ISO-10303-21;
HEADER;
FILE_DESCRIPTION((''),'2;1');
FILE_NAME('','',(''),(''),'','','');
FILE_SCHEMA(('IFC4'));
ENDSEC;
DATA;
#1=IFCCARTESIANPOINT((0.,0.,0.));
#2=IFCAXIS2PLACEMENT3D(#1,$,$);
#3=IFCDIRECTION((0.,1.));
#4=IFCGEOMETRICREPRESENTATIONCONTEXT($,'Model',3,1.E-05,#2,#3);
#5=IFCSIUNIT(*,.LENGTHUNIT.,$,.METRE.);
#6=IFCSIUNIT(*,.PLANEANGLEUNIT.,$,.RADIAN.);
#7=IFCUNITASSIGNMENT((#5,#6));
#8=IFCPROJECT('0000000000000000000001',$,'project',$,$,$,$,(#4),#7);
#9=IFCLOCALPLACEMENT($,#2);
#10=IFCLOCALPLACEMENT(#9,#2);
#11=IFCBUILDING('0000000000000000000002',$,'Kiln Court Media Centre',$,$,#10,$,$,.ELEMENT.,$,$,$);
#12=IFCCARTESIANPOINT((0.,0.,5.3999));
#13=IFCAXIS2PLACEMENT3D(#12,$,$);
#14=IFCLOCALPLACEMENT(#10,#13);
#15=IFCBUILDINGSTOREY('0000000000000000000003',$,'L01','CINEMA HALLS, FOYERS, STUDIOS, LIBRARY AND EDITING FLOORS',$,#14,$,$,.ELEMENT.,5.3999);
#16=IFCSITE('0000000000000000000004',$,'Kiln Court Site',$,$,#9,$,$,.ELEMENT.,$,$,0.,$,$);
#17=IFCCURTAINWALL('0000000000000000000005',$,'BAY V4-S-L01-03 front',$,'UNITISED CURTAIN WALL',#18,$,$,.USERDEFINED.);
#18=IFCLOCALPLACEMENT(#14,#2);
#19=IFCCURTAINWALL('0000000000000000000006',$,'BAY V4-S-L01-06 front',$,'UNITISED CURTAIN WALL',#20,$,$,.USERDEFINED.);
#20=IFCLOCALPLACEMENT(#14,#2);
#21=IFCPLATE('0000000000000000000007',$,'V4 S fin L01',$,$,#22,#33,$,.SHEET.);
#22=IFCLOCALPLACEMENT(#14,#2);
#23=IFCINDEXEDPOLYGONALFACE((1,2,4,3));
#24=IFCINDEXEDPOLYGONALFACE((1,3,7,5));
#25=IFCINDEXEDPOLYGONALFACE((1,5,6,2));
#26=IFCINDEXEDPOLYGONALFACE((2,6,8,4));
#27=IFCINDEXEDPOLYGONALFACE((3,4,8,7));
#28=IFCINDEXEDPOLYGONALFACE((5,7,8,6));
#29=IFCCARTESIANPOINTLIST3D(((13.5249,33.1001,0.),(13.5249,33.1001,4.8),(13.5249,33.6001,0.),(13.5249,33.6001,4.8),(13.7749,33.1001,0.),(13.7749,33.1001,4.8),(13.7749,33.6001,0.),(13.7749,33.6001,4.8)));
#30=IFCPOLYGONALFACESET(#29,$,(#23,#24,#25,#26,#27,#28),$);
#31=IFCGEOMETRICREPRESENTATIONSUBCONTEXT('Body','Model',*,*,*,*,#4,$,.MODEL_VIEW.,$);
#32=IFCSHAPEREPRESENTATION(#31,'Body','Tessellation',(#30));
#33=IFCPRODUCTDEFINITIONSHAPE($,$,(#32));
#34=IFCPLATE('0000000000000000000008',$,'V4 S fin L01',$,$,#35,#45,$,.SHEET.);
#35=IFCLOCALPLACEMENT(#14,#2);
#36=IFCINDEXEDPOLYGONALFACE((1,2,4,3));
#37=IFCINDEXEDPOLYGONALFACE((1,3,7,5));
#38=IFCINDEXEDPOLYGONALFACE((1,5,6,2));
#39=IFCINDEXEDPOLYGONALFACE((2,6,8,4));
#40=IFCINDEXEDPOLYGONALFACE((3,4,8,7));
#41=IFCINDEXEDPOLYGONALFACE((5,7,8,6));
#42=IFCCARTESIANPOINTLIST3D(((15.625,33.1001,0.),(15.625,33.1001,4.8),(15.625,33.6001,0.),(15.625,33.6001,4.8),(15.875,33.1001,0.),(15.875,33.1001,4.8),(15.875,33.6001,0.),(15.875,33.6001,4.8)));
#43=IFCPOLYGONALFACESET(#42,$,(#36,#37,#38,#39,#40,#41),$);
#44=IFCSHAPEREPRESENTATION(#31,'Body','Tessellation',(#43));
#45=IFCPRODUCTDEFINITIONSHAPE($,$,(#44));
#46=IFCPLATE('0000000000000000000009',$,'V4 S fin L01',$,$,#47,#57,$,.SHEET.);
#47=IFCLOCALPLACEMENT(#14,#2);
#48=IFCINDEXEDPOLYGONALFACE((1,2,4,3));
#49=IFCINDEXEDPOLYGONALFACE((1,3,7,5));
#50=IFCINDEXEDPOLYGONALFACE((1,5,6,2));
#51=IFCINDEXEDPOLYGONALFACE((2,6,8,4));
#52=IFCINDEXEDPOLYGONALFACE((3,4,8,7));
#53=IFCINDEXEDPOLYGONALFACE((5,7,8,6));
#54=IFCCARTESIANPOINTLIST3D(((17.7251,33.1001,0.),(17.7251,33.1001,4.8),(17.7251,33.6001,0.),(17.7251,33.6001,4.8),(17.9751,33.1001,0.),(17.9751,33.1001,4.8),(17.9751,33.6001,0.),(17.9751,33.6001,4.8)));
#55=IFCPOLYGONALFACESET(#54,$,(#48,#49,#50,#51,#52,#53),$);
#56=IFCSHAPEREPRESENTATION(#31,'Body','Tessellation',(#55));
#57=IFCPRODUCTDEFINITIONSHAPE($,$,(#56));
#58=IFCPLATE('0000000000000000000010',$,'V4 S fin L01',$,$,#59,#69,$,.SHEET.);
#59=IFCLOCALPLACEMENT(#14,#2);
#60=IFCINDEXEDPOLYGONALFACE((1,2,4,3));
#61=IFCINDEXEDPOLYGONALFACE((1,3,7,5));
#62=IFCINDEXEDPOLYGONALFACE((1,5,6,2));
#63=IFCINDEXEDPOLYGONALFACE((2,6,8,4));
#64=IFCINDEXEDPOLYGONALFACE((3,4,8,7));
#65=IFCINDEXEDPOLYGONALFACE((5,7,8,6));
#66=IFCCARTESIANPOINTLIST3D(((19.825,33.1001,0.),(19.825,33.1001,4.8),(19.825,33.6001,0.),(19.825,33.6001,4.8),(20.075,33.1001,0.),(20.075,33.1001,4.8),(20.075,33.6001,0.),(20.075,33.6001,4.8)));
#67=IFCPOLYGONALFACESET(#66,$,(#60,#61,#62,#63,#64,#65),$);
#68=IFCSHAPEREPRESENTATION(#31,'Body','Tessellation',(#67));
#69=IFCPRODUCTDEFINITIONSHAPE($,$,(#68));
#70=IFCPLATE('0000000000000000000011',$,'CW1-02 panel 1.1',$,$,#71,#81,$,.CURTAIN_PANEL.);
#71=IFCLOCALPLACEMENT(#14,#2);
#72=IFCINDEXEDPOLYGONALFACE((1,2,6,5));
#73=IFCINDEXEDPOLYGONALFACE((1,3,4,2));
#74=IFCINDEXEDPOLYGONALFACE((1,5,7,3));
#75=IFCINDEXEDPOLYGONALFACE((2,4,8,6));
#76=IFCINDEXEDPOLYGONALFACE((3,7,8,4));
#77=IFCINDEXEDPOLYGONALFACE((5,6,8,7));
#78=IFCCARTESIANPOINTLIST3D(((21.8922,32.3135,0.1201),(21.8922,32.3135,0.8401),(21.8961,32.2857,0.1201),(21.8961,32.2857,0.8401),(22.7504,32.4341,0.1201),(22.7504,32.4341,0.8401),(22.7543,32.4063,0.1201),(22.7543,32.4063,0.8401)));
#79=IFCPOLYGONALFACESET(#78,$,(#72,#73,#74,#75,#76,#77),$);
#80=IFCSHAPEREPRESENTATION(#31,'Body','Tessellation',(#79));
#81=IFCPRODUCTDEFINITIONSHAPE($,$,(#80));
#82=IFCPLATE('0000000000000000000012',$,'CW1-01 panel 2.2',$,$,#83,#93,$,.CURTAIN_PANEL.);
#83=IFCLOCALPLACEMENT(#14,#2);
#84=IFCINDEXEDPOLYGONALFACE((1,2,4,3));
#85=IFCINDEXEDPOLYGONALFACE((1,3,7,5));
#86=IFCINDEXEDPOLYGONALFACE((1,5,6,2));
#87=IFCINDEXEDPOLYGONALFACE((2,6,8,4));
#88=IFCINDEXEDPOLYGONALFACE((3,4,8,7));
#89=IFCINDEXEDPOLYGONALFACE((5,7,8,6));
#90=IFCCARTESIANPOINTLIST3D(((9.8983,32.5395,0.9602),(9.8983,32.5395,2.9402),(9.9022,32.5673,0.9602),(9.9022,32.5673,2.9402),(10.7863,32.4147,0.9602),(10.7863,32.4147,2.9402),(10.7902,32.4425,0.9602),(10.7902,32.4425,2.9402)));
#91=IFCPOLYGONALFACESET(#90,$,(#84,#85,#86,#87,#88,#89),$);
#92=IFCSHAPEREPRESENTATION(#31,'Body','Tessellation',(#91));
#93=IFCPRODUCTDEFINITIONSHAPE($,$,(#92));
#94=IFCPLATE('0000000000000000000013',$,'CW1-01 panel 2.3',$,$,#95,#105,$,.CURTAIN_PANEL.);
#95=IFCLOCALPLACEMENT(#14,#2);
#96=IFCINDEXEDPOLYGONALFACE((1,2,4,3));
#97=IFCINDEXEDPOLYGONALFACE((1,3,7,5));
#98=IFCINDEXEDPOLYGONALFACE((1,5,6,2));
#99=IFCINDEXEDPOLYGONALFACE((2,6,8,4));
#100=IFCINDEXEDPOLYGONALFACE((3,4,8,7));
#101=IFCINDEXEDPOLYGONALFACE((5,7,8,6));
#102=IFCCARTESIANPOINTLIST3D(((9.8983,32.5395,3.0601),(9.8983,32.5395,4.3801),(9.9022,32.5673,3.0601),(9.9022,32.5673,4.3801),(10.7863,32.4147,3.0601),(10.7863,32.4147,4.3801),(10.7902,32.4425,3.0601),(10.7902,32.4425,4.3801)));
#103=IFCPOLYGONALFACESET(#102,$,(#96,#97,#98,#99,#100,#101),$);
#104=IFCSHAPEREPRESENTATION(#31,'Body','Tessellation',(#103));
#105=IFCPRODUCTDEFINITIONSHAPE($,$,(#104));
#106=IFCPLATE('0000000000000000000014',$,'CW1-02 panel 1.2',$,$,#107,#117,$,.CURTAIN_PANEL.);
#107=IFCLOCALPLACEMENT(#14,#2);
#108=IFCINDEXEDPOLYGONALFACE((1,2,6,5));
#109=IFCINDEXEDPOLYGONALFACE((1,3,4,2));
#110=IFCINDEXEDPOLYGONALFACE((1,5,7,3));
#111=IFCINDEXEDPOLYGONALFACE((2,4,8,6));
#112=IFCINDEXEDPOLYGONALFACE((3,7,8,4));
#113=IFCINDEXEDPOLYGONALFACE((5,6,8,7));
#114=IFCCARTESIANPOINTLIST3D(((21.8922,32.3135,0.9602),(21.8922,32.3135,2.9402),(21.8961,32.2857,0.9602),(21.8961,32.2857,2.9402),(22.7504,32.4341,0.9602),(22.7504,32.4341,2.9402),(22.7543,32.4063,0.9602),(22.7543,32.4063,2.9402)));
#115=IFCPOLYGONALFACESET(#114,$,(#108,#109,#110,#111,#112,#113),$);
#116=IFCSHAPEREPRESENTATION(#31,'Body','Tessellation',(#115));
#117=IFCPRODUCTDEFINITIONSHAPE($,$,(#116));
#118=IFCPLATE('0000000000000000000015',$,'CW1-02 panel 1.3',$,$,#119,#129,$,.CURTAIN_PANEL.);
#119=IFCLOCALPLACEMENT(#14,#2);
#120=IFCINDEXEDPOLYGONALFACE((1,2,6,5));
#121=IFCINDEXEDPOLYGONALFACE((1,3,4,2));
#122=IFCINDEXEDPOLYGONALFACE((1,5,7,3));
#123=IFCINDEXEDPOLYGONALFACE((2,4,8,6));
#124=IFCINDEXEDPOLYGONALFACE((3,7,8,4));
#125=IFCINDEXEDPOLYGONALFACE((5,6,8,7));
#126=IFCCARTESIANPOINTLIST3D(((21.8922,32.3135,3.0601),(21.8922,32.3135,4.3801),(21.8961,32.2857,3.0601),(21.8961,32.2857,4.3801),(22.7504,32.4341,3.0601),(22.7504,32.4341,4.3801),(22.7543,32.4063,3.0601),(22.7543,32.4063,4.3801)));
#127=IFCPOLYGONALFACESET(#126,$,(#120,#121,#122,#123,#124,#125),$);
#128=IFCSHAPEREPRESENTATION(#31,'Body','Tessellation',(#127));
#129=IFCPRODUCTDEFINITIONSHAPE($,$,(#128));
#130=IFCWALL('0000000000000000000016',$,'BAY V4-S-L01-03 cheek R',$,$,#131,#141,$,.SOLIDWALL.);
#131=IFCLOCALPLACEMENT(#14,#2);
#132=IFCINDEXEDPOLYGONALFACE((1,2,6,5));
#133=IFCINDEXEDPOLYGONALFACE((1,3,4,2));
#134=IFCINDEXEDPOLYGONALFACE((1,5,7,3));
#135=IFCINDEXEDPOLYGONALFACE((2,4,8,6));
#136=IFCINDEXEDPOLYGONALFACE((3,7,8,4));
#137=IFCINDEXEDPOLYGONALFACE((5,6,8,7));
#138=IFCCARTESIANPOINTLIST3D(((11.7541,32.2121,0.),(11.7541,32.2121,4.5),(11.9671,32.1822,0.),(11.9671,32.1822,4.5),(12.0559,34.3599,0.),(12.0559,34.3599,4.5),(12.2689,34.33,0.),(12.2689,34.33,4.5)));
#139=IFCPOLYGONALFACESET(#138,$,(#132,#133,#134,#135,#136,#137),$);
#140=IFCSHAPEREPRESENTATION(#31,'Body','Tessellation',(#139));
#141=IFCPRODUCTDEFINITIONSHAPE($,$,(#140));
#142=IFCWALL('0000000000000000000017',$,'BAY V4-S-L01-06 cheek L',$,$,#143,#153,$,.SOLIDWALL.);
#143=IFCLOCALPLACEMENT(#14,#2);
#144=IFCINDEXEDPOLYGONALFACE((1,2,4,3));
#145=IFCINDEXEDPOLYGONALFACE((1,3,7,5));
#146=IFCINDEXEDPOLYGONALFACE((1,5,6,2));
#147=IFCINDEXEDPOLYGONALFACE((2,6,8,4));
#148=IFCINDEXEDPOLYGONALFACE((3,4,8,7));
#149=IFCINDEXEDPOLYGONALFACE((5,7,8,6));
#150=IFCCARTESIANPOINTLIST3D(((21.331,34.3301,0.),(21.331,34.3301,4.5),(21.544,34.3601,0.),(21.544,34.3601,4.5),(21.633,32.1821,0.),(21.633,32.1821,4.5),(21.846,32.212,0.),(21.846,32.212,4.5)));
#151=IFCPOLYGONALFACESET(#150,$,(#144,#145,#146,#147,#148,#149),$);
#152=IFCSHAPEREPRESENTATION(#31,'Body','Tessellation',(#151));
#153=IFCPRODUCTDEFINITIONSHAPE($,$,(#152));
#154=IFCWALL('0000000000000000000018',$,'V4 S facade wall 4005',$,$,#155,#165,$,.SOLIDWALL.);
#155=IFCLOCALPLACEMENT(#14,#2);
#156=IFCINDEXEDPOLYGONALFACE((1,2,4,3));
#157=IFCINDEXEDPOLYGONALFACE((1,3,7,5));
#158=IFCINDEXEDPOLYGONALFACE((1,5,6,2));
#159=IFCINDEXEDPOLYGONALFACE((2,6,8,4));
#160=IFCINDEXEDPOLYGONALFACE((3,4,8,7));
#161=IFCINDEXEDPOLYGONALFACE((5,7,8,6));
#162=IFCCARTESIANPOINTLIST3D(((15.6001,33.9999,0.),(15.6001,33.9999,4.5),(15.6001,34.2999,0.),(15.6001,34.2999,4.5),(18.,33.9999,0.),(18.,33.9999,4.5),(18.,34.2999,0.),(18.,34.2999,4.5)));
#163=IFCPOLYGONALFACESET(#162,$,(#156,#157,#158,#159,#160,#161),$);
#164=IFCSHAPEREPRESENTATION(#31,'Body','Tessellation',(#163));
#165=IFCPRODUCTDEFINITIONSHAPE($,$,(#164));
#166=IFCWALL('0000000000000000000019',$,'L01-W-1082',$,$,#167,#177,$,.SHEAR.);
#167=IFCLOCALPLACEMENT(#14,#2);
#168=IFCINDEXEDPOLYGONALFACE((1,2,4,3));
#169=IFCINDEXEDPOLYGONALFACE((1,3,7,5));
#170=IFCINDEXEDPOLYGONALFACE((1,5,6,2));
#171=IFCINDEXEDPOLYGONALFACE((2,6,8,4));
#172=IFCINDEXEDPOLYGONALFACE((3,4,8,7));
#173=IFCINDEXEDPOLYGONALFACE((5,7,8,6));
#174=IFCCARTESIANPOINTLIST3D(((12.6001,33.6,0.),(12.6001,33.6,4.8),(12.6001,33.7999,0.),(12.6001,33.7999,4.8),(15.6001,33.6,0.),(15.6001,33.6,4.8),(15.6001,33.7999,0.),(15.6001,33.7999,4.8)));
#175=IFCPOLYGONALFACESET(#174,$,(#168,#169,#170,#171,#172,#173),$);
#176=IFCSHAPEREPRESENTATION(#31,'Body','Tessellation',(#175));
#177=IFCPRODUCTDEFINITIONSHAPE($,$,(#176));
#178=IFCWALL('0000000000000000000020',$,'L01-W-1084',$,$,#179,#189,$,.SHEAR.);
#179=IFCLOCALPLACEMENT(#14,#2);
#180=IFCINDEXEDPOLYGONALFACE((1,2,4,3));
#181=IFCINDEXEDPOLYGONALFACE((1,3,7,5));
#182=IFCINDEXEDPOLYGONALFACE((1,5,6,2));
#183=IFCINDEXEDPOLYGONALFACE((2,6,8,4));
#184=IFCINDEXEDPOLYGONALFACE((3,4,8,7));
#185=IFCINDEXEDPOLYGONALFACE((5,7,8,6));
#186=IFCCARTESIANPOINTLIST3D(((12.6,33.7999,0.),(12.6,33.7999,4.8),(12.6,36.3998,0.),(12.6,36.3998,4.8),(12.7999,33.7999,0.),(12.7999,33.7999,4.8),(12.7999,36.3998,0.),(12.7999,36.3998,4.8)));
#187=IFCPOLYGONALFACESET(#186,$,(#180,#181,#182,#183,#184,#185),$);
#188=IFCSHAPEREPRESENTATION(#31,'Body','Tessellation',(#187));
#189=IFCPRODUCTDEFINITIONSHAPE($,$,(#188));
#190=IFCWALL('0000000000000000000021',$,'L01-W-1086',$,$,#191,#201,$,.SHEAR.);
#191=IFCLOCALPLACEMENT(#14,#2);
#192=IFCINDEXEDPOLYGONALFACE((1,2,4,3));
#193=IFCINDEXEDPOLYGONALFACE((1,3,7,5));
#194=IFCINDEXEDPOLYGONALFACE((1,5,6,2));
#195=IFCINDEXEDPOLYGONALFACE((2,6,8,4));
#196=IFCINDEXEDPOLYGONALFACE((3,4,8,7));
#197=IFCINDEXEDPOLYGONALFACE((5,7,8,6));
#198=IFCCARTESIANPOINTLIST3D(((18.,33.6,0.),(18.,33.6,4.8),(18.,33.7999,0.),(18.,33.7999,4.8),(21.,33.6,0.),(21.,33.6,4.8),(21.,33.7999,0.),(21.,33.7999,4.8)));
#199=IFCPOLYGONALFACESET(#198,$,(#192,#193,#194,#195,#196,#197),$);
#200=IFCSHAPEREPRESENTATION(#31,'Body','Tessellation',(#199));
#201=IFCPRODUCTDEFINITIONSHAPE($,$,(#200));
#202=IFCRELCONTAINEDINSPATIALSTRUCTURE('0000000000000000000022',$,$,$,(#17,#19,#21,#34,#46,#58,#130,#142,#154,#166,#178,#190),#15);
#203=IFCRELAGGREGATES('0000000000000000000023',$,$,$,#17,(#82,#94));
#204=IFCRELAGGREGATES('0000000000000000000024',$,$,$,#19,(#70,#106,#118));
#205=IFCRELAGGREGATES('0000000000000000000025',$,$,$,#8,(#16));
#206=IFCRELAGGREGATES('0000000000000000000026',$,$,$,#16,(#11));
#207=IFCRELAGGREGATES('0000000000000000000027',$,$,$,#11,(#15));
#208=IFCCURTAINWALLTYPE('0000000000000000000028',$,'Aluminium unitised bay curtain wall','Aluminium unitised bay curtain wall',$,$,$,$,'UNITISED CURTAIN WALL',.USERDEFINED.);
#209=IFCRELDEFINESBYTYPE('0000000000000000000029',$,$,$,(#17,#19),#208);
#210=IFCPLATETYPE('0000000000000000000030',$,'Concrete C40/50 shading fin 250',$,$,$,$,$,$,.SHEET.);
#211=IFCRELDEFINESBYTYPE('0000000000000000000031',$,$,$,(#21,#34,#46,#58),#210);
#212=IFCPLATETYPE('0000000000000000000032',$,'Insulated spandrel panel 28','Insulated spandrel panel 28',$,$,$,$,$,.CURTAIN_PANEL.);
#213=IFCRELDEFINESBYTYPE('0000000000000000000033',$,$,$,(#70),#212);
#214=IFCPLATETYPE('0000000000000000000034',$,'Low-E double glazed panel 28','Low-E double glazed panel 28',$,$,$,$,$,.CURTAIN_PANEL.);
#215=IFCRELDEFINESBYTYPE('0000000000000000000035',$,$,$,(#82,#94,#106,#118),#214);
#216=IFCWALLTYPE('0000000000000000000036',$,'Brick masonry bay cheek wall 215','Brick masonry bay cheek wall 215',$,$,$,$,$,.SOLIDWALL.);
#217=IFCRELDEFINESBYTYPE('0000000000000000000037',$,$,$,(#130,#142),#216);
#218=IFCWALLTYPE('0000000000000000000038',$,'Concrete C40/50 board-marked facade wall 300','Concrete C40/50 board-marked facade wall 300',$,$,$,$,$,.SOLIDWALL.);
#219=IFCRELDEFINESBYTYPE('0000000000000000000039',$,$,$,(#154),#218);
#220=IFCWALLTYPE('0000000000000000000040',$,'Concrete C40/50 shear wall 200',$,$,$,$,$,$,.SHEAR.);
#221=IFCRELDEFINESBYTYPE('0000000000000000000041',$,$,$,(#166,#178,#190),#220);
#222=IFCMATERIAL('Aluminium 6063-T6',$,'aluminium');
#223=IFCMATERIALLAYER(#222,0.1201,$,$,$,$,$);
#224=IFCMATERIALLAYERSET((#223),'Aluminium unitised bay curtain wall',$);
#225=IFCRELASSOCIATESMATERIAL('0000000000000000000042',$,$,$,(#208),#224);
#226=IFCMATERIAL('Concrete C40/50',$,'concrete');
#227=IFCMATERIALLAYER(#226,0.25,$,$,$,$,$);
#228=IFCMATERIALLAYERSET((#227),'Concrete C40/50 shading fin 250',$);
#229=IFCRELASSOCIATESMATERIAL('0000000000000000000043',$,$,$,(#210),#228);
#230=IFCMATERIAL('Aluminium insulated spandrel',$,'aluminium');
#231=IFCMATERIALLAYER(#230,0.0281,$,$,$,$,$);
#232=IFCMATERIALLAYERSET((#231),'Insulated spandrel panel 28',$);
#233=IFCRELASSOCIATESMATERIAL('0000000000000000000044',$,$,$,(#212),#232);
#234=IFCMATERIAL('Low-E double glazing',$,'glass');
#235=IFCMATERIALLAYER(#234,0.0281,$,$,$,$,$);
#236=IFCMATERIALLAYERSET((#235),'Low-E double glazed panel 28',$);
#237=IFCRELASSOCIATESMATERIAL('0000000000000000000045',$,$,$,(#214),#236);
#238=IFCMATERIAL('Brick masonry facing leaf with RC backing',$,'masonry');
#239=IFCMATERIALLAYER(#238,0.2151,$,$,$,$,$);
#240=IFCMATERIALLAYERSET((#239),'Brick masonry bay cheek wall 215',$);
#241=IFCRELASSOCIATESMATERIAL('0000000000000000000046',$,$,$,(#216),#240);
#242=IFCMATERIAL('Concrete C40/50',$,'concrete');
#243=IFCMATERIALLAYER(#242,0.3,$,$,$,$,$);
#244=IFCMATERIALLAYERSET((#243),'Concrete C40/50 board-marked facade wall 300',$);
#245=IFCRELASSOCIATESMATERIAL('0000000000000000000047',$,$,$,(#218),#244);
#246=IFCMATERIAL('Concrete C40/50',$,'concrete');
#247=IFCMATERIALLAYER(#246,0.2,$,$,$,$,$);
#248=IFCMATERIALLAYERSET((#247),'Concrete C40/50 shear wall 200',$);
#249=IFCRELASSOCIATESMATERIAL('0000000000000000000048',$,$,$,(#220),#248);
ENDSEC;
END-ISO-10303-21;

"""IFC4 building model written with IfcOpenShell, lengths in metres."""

from ifc_helpers import new_model, si_unit, direction, frame, frame_2d, origin, origin_2d, place, context, subcontext, project, spatial, rectangle, extrude, material, layer, layer_set, type_object, element, aggregate, save


model = new_model("IFC4")

# Units and contexts
model_context = context("Model", 3, precision=1e-05, world=origin(), true_north=direction((0.0, 1.0)))
body_context = subcontext(model_context, "Body", "Model", "MODEL_VIEW")
ifc_project = project(units=[si_unit("LENGTHUNIT", "METRE"), si_unit("PLANEANGLEUNIT", "RADIAN")], contexts=[model_context])

# Site, building, storey
site_placement = place(None, origin())
site = spatial("IfcSite", under=ifc_project, at=site_placement, Name="Kiln Court Site", CompositionType="ELEMENT", RefElevation=0.0)
building_placement = place(site_placement, origin())
building = spatial("IfcBuilding", under=site, at=building_placement, Name="Kiln Court Media Centre", CompositionType="ELEMENT")
storey_placement = place(building_placement, frame((0.0, 0.0, 5.3999)))
storey = spatial("IfcBuildingStorey", under=building, at=storey_placement, Name="L01", Description="CINEMA HALLS, FOYERS, STUDIOS, LIBRARY AND EDITING FLOORS", CompositionType="ELEMENT", Elevation=5.3999)

# Curtain walls
ifc_material_1 = material(Name="Aluminium 6063-T6", Category="aluminium")
ifc_layer_1 = layer(ifc_material_1, 0.1201)
ifc_layer_set_1 = layer_set([ifc_layer_1], Name="Aluminium unitised bay curtain wall")
curtain_wall_type = type_object("IfcCurtainWallType", Name="Aluminium unitised bay curtain wall", Description="Aluminium unitised bay curtain wall", ElementType="UNITISED CURTAIN WALL", PredefinedType="USERDEFINED", material=ifc_layer_set_1)
curtain_wall_1_placement = place(storey_placement, origin())
curtain_wall_1 = element("IfcCurtainWall", 1, at=curtain_wall_1_placement, inside=storey, type_object=curtain_wall_type, Name="BAY V4-S-L01-03 front", ObjectType="UNITISED CURTAIN WALL", PredefinedType="USERDEFINED")
curtain_wall_2_placement = place(storey_placement, origin())
curtain_wall_2 = element("IfcCurtainWall", 2, at=curtain_wall_2_placement, inside=storey, type_object=curtain_wall_type, Name="BAY V4-S-L01-06 front", ObjectType="UNITISED CURTAIN WALL", PredefinedType="USERDEFINED")

# Plates
ifc_material_2 = material(Name="Concrete C40/50", Category="concrete")
ifc_layer_2 = layer(ifc_material_2, 0.25)
ifc_layer_set_2 = layer_set([ifc_layer_2], Name="Concrete C40/50 shading fin 250")
plate_type_1 = type_object("IfcPlateType", Name="Concrete C40/50 shading fin 250", PredefinedType="SHEET", material=ifc_layer_set_2)
for number, where, z_axis, x_axis, name in (
    (3, (13.6499, 33.3501, 0.0), (0.0, 0.0, 1.0), (1.0, 0.0, 0.0), "V4 S fin L01"),
    (4, (15.75, 33.3501, 0.0), (0.0, 0.0, 1.0), (1.0, 0.0, 0.0), "V4 S fin L01"),
    (5, (17.8501, 33.3501, 0.0), (0.0, 0.0, 1.0), (1.0, 0.0, 0.0), "V4 S fin L01"),
    (6, (19.95, 33.3501, 0.0), (0.0, 0.0, 1.0), (1.0, 0.0, 0.0), "V4 S fin L01"),
):
    element("IfcPlate", number, at=place(storey_placement, frame(where, z_axis=z_axis, x_axis=x_axis)), inside=storey, type_object=plate_type_1, Name=name, PredefinedType="SHEET", context=body_context, shape_type="SweptSolid", body=[
        extrude(rectangle(XDim=0.25, YDim=0.5, at=origin_2d()), origin(), (0.0, 0.0, 1.0), 4.8),
    ])

# Plates
ifc_material_3 = material(Name="Aluminium insulated spandrel", Category="aluminium")
ifc_layer_3 = layer(ifc_material_3, 0.0281)
ifc_layer_set_3 = layer_set([ifc_layer_3], Name="Insulated spandrel panel 28")
plate_type_2 = type_object("IfcPlateType", Name="Insulated spandrel panel 28", Description="Insulated spandrel panel 28", PredefinedType="CURTAIN_PANEL", material=ifc_layer_set_3)
plate_1_placement = place(storey_placement, frame((22.3232, 32.3599, 0.1201), z_axis=(0.0, 0.0, 1.0), x_axis=(0.99027, 0.139162, 0.0)))
plate_1 = element("IfcPlate", 7, at=plate_1_placement, type_object=plate_type_2, Name="CW1-02 panel 1.1", PredefinedType="CURTAIN_PANEL", context=body_context, shape_type="SweptSolid", body=[
    extrude(rectangle(XDim=0.8667, YDim=0.0281, at=origin_2d()), origin(), (0.0, 0.0, 1.0), 0.72),
])
ifc_material_4 = material(Name="Low-E double glazing", Category="glass")
ifc_layer_4 = layer(ifc_material_4, 0.0281)
ifc_layer_set_4 = layer_set([ifc_layer_4], Name="Low-E double glazed panel 28")
plate_type_3 = type_object("IfcPlateType", Name="Low-E double glazed panel 28", Description="Low-E double glazed panel 28", PredefinedType="CURTAIN_PANEL", material=ifc_layer_set_4)
plate_2_placement = place(storey_placement, frame((10.3442, 32.491, 0.9602), z_axis=(0.0, 0.0, 1.0), x_axis=(0.99027, -0.139162, 0.0)))
plate_2 = element("IfcPlate", 8, at=plate_2_placement, type_object=plate_type_3, Name="CW1-01 panel 2.2", PredefinedType="CURTAIN_PANEL", context=body_context, shape_type="SweptSolid", body=[
    extrude(rectangle(XDim=0.8967, YDim=0.0281, at=origin_2d()), origin(), (0.0, 0.0, 1.0), 1.98),
])
plate_3_placement = place(storey_placement, frame((10.3442, 32.491, 3.0601), z_axis=(0.0, 0.0, 1.0), x_axis=(0.99027, -0.139162, 0.0)))
plate_3 = element("IfcPlate", 9, at=plate_3_placement, type_object=plate_type_3, Name="CW1-01 panel 2.3", PredefinedType="CURTAIN_PANEL", context=body_context, shape_type="SweptSolid", body=[
    extrude(rectangle(XDim=0.8967, YDim=0.0281, at=origin_2d()), origin(), (0.0, 0.0, 1.0), 1.3201),
])
aggregate(curtain_wall_1, [plate_2, plate_3])
plate_4_placement = place(storey_placement, frame((22.3232, 32.3599, 0.9602), z_axis=(0.0, 0.0, 1.0), x_axis=(0.99027, 0.139162, 0.0)))
plate_4 = element("IfcPlate", 10, at=plate_4_placement, type_object=plate_type_3, Name="CW1-02 panel 1.2", PredefinedType="CURTAIN_PANEL", context=body_context, shape_type="SweptSolid", body=[
    extrude(rectangle(XDim=0.8667, YDim=0.0281, at=origin_2d()), origin(), (0.0, 0.0, 1.0), 1.98),
])
plate_5_placement = place(storey_placement, frame((22.3232, 32.3599, 3.0601), z_axis=(0.0, 0.0, 1.0), x_axis=(0.99027, 0.139162, 0.0)))
plate_5 = element("IfcPlate", 11, at=plate_5_placement, type_object=plate_type_3, Name="CW1-02 panel 1.3", PredefinedType="CURTAIN_PANEL", context=body_context, shape_type="SweptSolid", body=[
    extrude(rectangle(XDim=0.8667, YDim=0.0281, at=origin_2d()), origin(), (0.0, 0.0, 1.0), 1.3201),
])
aggregate(curtain_wall_2, [plate_1, plate_4, plate_5])

# Walls
ifc_material_5 = material(Name="Brick masonry facing leaf with RC backing", Category="masonry")
ifc_layer_5 = layer(ifc_material_5, 0.2151)
ifc_layer_set_5 = layer_set([ifc_layer_5], Name="Brick masonry bay cheek wall 215")
wall_type_1 = type_object("IfcWallType", Name="Brick masonry bay cheek wall 215", Description="Brick masonry bay cheek wall 215", PredefinedType="SOLIDWALL", material=ifc_layer_set_5)
wall_1_placement = place(storey_placement, frame((12.1624, 34.345, 0.0), z_axis=(0.0, 0.0, 1.0), x_axis=(-0.13912, -0.990275, 0.0)))
element("IfcWall", 12, at=wall_1_placement, inside=storey, type_object=wall_type_1, Name="BAY V4-S-L01-03 cheek R", PredefinedType="SOLIDWALL", context=body_context, shape_type="SweptSolid", body=[
    extrude(rectangle(XDim=2.1689, YDim=0.2151, at=frame_2d((1.0845, 0.0))), origin(), (0.0, 0.0, 1.0), 4.5),
])
wall_2_placement = place(storey_placement, frame((21.4375, 34.345, 0.0), z_axis=(0.0, 0.0, 1.0), x_axis=(0.139231, -0.99026, 0.0)))
element("IfcWall", 13, at=wall_2_placement, inside=storey, type_object=wall_type_1, Name="BAY V4-S-L01-06 cheek L", PredefinedType="SOLIDWALL", context=body_context, shape_type="SweptSolid", body=[
    extrude(rectangle(XDim=2.1692, YDim=0.2151, at=frame_2d((1.0845, 0.0))), origin(), (0.0, 0.0, 1.0), 4.5),
])
ifc_material_6 = material(Name="Concrete C40/50", Category="concrete")
ifc_layer_6 = layer(ifc_material_6, 0.3)
ifc_layer_set_6 = layer_set([ifc_layer_6], Name="Concrete C40/50 board-marked facade wall 300")
wall_type_2 = type_object("IfcWallType", Name="Concrete C40/50 board-marked facade wall 300", Description="Concrete C40/50 board-marked facade wall 300", PredefinedType="SOLIDWALL", material=ifc_layer_set_6)
wall_3_placement = place(storey_placement, frame((18.0, 34.1499, 0.0), z_axis=(0.0, 0.0, 1.0), x_axis=(-1.0, 0.0, 0.0)))
element("IfcWall", 14, at=wall_3_placement, inside=storey, type_object=wall_type_2, Name="V4 S facade wall 4005", PredefinedType="SOLIDWALL", context=body_context, shape_type="SweptSolid", body=[
    extrude(rectangle(XDim=2.3999, YDim=0.3, at=frame_2d((1.2, 0.0))), origin(), (0.0, 0.0, 1.0), 4.5),
])
ifc_material_7 = material(Name="Concrete C40/50", Category="concrete")
ifc_layer_7 = layer(ifc_material_7, 0.2)
ifc_layer_set_7 = layer_set([ifc_layer_7], Name="Concrete C40/50 shear wall 200")
wall_type_3 = type_object("IfcWallType", Name="Concrete C40/50 shear wall 200", PredefinedType="SHEAR", material=ifc_layer_set_7)
wall_4_placement = place(storey_placement, frame((15.6001, 33.7, 0.0), z_axis=(0.0, 0.0, 1.0), x_axis=(-1.0, 0.0, 0.0)))
element("IfcWall", 15, at=wall_4_placement, inside=storey, type_object=wall_type_3, Name="L01-W-1082", PredefinedType="SHEAR", context=body_context, shape_type="SweptSolid", body=[
    extrude(rectangle(XDim=3.0, YDim=0.2, at=frame_2d((1.5, 0.0))), origin(), (0.0, 0.0, 1.0), 4.8),
])
wall_5_placement = place(storey_placement, frame((12.7, 33.8, 0.0), z_axis=(0.0, 0.0, 1.0), x_axis=(0.0, 1.0, 0.0)))
element("IfcWall", 16, at=wall_5_placement, inside=storey, type_object=wall_type_3, Name="L01-W-1084", PredefinedType="SHEAR", context=body_context, shape_type="SweptSolid", body=[
    extrude(rectangle(XDim=2.5999, YDim=0.2, at=frame_2d((1.2998, 0.0))), origin(), (0.0, 0.0, 1.0), 4.8),
])
wall_6_placement = place(storey_placement, frame((21.0, 33.7, 0.0), z_axis=(0.0, 0.0, 1.0), x_axis=(-1.0, 0.0, 0.0)))
element("IfcWall", 17, at=wall_6_placement, inside=storey, type_object=wall_type_3, Name="L01-W-1086", PredefinedType="SHEAR", context=body_context, shape_type="SweptSolid", body=[
    extrude(rectangle(XDim=3.0, YDim=0.2, at=frame_2d((1.5, 0.0))), origin(), (0.0, 0.0, 1.0), 4.8),
])

save(model, "model.ifc")
